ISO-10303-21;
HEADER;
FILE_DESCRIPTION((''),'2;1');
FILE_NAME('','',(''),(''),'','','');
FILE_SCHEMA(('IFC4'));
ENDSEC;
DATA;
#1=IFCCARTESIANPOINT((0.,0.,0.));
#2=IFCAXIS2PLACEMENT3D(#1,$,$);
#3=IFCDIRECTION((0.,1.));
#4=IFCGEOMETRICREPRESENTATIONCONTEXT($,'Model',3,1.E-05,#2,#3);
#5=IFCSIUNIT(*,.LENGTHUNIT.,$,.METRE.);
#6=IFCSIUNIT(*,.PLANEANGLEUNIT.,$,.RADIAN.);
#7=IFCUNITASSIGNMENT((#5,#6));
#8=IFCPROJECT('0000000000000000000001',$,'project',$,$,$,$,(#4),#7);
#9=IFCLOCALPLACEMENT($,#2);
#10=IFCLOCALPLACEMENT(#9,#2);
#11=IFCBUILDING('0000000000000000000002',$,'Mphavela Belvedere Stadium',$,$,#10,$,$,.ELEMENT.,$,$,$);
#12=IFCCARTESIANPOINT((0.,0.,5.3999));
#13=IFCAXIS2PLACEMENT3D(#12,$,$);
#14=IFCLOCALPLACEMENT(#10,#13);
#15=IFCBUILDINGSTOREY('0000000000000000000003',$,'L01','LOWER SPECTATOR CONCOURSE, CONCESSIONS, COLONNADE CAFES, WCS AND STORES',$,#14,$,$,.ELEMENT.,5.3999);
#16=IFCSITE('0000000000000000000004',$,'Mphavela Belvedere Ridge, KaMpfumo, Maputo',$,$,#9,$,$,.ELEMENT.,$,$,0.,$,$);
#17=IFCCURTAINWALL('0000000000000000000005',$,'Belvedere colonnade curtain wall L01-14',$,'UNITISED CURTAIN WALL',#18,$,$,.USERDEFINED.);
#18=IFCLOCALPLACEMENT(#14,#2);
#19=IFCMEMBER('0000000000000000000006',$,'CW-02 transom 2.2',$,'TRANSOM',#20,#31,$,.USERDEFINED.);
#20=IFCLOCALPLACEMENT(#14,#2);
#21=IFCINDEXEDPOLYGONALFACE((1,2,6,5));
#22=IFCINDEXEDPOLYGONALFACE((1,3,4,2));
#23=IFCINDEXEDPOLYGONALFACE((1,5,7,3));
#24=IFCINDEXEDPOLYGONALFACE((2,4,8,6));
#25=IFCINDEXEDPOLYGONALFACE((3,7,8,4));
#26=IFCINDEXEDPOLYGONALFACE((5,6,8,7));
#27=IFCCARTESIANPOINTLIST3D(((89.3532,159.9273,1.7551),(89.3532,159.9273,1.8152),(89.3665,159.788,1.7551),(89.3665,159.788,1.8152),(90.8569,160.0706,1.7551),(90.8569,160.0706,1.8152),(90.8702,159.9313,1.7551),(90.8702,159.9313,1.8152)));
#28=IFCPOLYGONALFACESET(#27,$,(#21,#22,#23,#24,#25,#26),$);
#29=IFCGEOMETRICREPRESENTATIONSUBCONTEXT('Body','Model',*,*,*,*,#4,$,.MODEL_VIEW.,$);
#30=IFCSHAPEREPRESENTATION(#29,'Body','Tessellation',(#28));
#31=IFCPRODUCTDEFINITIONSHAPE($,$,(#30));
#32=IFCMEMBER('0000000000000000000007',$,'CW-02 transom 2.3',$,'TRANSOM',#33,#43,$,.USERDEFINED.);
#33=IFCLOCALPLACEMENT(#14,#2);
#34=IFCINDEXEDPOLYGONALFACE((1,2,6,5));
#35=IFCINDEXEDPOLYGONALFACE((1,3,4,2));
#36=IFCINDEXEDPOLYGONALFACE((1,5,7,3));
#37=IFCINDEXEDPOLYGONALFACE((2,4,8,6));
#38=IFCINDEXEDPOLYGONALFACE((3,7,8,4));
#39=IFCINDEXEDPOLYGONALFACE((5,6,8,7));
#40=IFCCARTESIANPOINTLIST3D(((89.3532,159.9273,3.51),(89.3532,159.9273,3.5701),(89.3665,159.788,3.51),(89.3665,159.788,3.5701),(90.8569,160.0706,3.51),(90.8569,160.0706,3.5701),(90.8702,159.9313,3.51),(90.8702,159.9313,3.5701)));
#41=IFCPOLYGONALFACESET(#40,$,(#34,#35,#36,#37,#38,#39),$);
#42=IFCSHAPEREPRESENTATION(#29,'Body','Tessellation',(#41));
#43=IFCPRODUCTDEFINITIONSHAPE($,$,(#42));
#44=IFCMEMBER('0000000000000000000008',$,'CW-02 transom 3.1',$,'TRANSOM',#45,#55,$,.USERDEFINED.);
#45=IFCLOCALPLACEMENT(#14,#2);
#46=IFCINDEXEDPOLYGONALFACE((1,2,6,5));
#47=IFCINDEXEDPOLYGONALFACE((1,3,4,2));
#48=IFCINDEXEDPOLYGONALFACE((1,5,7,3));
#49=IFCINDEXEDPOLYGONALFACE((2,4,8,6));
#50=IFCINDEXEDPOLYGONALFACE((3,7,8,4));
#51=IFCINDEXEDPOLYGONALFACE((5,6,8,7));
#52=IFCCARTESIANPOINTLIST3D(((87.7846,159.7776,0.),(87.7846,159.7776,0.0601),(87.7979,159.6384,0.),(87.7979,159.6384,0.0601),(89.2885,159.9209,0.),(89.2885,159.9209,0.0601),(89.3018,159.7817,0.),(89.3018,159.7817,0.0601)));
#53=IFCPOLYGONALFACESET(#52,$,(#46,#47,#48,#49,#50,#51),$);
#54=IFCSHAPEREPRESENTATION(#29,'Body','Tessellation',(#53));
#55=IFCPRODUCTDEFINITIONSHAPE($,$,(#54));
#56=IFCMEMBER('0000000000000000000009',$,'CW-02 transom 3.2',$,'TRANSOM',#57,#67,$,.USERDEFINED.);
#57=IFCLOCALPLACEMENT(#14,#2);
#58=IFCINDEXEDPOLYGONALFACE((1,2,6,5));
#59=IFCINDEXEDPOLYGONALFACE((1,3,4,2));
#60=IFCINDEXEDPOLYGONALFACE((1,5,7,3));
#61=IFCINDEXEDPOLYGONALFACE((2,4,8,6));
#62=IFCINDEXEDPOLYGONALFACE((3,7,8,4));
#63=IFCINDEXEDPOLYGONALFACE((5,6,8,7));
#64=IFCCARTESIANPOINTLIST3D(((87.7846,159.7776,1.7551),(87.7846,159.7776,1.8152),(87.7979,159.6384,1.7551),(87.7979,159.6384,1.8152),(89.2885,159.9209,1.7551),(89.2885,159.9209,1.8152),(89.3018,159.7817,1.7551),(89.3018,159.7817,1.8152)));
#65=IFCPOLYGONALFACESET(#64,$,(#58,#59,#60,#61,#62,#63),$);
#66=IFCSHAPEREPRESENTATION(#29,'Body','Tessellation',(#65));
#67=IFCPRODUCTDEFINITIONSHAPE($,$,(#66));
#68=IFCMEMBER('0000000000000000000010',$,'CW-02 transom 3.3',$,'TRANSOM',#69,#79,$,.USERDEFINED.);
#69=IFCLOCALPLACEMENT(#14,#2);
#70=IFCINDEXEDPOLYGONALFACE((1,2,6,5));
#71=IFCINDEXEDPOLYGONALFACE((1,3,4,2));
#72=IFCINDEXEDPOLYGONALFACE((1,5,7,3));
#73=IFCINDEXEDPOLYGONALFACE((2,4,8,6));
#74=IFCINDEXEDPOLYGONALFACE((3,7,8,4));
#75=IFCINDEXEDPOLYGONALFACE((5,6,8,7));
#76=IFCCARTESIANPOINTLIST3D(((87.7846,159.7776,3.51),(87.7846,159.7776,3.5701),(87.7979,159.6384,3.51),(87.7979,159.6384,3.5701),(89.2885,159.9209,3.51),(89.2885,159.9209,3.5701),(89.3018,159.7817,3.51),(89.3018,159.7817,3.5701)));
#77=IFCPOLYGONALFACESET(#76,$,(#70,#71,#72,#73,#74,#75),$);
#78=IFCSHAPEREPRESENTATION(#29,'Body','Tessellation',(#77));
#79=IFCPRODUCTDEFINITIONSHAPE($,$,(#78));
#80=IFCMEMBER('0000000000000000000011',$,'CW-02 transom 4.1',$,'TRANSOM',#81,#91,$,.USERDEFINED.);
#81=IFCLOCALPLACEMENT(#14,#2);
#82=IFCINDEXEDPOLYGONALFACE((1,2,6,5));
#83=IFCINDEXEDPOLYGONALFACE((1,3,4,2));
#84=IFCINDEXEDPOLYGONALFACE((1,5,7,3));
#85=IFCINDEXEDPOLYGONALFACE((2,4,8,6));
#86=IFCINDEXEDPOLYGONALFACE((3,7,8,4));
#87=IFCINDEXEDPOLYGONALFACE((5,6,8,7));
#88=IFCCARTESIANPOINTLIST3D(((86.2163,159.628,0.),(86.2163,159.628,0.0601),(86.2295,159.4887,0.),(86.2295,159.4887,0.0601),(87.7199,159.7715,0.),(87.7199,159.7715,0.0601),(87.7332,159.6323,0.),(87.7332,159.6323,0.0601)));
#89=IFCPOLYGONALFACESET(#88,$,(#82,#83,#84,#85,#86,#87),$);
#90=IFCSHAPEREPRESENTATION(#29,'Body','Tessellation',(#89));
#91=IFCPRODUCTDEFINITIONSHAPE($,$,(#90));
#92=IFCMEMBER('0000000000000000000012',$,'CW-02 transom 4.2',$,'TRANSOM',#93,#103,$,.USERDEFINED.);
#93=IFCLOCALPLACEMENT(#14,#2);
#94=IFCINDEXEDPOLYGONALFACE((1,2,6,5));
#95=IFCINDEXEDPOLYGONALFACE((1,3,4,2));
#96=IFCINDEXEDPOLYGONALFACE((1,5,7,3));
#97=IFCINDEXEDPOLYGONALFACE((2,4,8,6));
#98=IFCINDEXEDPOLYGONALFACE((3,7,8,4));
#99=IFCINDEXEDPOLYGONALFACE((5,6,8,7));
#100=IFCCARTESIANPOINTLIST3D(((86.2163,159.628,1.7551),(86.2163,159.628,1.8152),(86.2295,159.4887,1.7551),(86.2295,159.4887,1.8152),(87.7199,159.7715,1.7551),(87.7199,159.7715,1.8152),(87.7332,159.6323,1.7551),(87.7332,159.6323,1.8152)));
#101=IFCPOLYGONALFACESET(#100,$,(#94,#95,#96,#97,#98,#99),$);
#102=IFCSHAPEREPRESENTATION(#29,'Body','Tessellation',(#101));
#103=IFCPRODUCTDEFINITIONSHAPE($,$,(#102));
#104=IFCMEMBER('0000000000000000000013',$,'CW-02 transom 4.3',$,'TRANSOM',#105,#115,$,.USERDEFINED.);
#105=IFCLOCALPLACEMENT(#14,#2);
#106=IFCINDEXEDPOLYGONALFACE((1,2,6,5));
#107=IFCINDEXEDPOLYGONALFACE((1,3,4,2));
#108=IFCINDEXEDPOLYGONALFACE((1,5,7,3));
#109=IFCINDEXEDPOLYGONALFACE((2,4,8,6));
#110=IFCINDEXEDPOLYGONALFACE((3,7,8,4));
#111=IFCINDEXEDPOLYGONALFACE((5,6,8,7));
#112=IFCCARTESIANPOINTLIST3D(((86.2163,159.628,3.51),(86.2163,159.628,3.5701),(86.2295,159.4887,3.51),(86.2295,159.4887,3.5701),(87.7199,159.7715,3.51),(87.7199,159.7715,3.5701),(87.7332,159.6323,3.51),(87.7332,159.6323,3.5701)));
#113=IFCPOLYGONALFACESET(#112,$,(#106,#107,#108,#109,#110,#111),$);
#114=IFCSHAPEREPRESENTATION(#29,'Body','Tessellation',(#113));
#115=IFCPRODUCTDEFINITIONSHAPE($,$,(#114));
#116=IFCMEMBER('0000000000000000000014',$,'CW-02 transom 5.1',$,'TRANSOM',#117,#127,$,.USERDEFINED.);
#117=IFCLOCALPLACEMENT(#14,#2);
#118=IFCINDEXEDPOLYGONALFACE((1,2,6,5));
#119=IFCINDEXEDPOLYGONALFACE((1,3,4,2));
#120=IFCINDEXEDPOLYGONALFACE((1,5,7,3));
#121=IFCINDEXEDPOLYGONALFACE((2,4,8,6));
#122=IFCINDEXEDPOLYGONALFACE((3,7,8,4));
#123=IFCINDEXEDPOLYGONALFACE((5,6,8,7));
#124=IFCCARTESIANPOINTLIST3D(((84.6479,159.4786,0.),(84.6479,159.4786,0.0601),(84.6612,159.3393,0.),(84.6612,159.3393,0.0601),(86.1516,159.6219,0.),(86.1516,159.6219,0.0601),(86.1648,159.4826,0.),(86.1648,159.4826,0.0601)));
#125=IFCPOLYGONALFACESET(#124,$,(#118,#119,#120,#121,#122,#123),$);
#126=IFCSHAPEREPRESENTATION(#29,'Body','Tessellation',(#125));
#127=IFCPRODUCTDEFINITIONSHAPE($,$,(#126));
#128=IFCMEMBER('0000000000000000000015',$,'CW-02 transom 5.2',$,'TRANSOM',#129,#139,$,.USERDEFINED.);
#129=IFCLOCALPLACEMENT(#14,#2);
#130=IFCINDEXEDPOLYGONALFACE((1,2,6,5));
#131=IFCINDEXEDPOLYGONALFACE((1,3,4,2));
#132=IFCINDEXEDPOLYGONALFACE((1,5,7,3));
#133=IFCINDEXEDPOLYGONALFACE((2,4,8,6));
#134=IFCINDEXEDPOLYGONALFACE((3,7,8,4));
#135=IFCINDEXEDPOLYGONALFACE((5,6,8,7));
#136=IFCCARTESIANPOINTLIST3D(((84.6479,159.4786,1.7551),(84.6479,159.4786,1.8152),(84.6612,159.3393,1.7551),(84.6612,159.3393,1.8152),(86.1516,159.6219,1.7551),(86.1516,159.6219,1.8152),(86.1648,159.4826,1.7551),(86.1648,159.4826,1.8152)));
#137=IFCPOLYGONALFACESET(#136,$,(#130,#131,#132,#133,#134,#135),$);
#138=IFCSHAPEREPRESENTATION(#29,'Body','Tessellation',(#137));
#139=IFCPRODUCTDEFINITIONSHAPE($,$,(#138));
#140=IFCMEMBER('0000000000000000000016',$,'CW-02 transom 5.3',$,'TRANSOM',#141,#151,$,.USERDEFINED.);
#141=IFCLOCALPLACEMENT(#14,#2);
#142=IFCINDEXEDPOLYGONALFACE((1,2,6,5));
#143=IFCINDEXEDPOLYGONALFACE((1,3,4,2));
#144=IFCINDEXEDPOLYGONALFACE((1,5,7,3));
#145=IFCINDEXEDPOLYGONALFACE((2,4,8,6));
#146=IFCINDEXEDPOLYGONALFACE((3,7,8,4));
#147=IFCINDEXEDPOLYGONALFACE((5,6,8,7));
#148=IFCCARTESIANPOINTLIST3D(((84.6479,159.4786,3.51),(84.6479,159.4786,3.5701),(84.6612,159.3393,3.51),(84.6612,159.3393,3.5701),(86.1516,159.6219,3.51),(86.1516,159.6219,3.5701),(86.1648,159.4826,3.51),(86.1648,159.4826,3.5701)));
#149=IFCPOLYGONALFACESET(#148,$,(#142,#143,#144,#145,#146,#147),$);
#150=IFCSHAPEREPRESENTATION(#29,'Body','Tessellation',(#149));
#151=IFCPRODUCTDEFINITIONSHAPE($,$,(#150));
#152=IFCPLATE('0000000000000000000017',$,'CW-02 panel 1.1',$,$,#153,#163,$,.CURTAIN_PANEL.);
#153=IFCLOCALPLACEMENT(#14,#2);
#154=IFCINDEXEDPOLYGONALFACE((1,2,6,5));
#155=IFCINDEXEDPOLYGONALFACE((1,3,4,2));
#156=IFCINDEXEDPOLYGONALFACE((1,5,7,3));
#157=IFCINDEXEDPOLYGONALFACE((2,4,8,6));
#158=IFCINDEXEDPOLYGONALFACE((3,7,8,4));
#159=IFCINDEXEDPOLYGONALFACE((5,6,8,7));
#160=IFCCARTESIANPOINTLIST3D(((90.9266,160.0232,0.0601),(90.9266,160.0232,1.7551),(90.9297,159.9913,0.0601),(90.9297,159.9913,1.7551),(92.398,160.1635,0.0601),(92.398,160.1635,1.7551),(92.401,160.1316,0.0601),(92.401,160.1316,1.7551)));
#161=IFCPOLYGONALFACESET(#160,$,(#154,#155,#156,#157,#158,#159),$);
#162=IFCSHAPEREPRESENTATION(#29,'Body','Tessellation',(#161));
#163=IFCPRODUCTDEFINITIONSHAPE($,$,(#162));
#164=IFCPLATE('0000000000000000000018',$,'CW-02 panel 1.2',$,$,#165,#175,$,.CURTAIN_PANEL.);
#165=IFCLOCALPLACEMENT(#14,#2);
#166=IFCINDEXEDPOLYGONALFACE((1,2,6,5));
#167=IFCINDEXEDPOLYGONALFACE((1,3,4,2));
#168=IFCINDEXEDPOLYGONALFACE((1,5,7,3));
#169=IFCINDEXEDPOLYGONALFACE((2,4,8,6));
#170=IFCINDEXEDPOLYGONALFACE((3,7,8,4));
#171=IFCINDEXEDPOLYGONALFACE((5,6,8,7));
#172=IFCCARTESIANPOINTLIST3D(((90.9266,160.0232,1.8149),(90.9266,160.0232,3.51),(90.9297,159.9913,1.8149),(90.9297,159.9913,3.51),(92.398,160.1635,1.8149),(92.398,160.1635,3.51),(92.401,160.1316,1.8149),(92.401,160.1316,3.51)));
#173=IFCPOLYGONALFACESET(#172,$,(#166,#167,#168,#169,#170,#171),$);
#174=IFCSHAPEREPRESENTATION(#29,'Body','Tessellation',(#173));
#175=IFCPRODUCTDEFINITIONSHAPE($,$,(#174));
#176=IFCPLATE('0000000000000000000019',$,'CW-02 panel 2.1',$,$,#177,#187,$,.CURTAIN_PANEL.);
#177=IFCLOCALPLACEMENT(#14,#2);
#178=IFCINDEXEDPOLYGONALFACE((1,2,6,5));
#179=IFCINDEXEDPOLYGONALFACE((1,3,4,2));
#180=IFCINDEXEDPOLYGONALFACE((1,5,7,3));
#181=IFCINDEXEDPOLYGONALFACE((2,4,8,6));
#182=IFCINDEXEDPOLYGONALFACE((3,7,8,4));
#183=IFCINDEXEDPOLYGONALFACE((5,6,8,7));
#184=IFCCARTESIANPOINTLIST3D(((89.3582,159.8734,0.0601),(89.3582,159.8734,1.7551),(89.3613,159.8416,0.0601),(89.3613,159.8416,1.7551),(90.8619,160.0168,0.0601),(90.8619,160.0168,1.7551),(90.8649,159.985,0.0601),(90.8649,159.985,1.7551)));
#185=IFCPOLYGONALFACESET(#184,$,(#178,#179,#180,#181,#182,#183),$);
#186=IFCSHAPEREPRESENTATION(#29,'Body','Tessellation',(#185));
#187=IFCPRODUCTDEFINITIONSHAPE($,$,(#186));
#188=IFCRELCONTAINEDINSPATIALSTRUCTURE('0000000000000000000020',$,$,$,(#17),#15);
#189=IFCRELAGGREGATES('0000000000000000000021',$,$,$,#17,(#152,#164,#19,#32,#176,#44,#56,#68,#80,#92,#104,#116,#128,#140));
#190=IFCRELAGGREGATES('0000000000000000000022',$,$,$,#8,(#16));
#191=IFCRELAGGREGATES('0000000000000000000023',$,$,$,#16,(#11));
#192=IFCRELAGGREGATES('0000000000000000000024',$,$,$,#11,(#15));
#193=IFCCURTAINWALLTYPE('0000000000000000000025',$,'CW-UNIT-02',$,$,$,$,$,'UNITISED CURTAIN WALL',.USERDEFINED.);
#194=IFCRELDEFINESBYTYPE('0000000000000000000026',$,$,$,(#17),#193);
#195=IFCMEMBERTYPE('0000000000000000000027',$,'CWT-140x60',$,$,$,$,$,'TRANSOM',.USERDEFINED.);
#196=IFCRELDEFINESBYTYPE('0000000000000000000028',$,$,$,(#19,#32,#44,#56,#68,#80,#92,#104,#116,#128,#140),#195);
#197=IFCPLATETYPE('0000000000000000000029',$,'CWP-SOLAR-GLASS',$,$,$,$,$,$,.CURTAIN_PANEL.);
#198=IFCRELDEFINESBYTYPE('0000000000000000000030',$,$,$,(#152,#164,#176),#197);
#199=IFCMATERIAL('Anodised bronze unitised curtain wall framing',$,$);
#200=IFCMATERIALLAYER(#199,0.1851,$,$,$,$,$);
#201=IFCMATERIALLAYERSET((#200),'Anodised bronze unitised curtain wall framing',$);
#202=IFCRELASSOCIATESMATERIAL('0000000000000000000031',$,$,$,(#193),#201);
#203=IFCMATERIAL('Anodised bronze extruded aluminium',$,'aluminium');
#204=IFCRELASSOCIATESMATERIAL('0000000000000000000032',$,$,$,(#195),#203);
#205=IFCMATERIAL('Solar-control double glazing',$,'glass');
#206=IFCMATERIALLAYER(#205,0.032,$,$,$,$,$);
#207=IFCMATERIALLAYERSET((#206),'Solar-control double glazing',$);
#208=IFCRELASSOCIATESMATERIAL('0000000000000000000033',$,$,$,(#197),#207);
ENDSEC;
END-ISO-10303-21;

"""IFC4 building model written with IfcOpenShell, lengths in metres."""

from ifc_helpers import new_model, si_unit, direction, frame, origin, origin_2d, place, context, subcontext, project, spatial, rectangle, extrude, material, layer, layer_set, material_profile, profile_set, type_object, element, aggregate, save


model = new_model("IFC4")

# Units and contexts
model_context = context("Model", 3, precision=1e-05, world=origin(), true_north=direction((0.0, 1.0)))
body_context = subcontext(model_context, "Body", "Model", "MODEL_VIEW")
ifc_project = project(units=[si_unit("LENGTHUNIT", "METRE"), si_unit("PLANEANGLEUNIT", "RADIAN")], contexts=[model_context])

# Site, building, storey
site_placement = place(None, origin())
site = spatial("IfcSite", under=ifc_project, at=site_placement, Name="Mphavela Belvedere Ridge, KaMpfumo, Maputo", CompositionType="ELEMENT", RefElevation=0.0)
building_placement = place(site_placement, origin())
building = spatial("IfcBuilding", under=site, at=building_placement, Name="Mphavela Belvedere Stadium", CompositionType="ELEMENT")
storey_placement = place(building_placement, frame((0.0, 0.0, 5.3999)))
storey = spatial("IfcBuildingStorey", under=building, at=storey_placement, Name="L01", Description="LOWER SPECTATOR CONCOURSE, CONCESSIONS, COLONNADE CAFES, WCS AND STORES", CompositionType="ELEMENT", Elevation=5.3999)

# Curtain wall, members, plates
ifc_material_1 = material(Name="Anodised bronze unitised curtain wall framing")
ifc_layer_1 = layer(ifc_material_1, 0.1851)
ifc_layer_set_1 = layer_set([ifc_layer_1], Name="Anodised bronze unitised curtain wall framing")
curtain_wall_type = type_object("IfcCurtainWallType", Name="CW-UNIT-02", ElementType="UNITISED CURTAIN WALL", PredefinedType="USERDEFINED", material=ifc_layer_set_1)
curtain_wall_placement = place(storey_placement, origin())
curtain_wall = element("IfcCurtainWall", 1, at=curtain_wall_placement, inside=storey, type_object=curtain_wall_type, Name="Belvedere colonnade curtain wall L01-14", ObjectType="UNITISED CURTAIN WALL", PredefinedType="USERDEFINED")
ifc_material_2 = material(Name="Anodised bronze extruded aluminium", Category="aluminium")
ifc_material_profile_1 = material_profile(ifc_material_2, rectangle(XDim=0.1399, YDim=0.0601, at=origin_2d()), Name="CW-TRN 140x60")
ifc_profile_set_1 = profile_set([ifc_material_profile_1], Name="Anodised bronze extruded aluminium")
member_type_1 = type_object("IfcMemberType", Name="CWT-140x60", ElementType="TRANSOM", PredefinedType="USERDEFINED", material=ifc_profile_set_1)
member_1_placement = place(storey_placement, frame((90.8635, 160.001, 1.7852), z_axis=(-0.995489, -0.094878, 0.0), x_axis=(0.094878, -0.995489, 0.0)))
member_1 = element("IfcMember", 2, at=member_1_placement, type_object=member_type_1, Name="CW-02 transom 2.2", ObjectType="TRANSOM", PredefinedType="USERDEFINED", context=body_context, shape_type="SweptSolid", body=[
    extrude(rectangle(XDim=0.1399, YDim=0.0601, at=origin_2d()), origin(), (0.0, 0.0, 1.0), 1.5105),
])
member_2_placement = place(storey_placement, frame((90.8635, 160.001, 3.54), z_axis=(-0.995489, -0.094878, 0.0), x_axis=(0.094878, -0.995489, 0.0)))
member_2 = element("IfcMember", 3, at=member_2_placement, type_object=member_type_1, Name="CW-02 transom 2.3", ObjectType="TRANSOM", PredefinedType="USERDEFINED", context=body_context, shape_type="SweptSolid", body=[
    extrude(rectangle(XDim=0.1399, YDim=0.0601, at=origin_2d()), origin(), (0.0, 0.0, 1.0), 1.5105),
])
member_3_placement = place(storey_placement, frame((89.2952, 159.8513, 0.03), z_axis=(-0.99549, -0.094862, 0.0), x_axis=(0.094862, -0.99549, 0.0)))
member_3 = element("IfcMember", 4, at=member_3_placement, type_object=member_type_1, Name="CW-02 transom 3.1", ObjectType="TRANSOM", PredefinedType="USERDEFINED", context=body_context, shape_type="SweptSolid", body=[
    extrude(rectangle(XDim=0.1399, YDim=0.0601, at=origin_2d()), origin(), (0.0, 0.0, 1.0), 1.5107),
])
member_4_placement = place(storey_placement, frame((89.2952, 159.8513, 1.7852), z_axis=(-0.99549, -0.094862, 0.0), x_axis=(0.094862, -0.99549, 0.0)))
member_4 = element("IfcMember", 5, at=member_4_placement, type_object=member_type_1, Name="CW-02 transom 3.2", ObjectType="TRANSOM", PredefinedType="USERDEFINED", context=body_context, shape_type="SweptSolid", body=[
    extrude(rectangle(XDim=0.1399, YDim=0.0601, at=origin_2d()), origin(), (0.0, 0.0, 1.0), 1.5107),
])
member_5_placement = place(storey_placement, frame((89.2952, 159.8513, 3.54), z_axis=(-0.99549, -0.094862, 0.0), x_axis=(0.094862, -0.99549, 0.0)))
member_5 = element("IfcMember", 6, at=member_5_placement, type_object=member_type_1, Name="CW-02 transom 3.3", ObjectType="TRANSOM", PredefinedType="USERDEFINED", context=body_context, shape_type="SweptSolid", body=[
    extrude(rectangle(XDim=0.1399, YDim=0.0601, at=origin_2d()), origin(), (0.0, 0.0, 1.0), 1.5107),
])
member_6_placement = place(storey_placement, frame((87.7266, 159.7019, 0.03), z_axis=(-0.995474, -0.095038, 0.0), x_axis=(0.095038, -0.995474, 0.0)))
member_6 = element("IfcMember", 7, at=member_6_placement, type_object=member_type_1, Name="CW-02 transom 4.1", ObjectType="TRANSOM", PredefinedType="USERDEFINED", context=body_context, shape_type="SweptSolid", body=[
    extrude(rectangle(XDim=0.1399, YDim=0.0601, at=origin_2d()), origin(), (0.0, 0.0, 1.0), 1.5105),
])
member_7_placement = place(storey_placement, frame((87.7266, 159.7019, 1.7852), z_axis=(-0.995474, -0.095038, 0.0), x_axis=(0.095038, -0.995474, 0.0)))
member_7 = element("IfcMember", 8, at=member_7_placement, type_object=member_type_1, Name="CW-02 transom 4.2", ObjectType="TRANSOM", PredefinedType="USERDEFINED", context=body_context, shape_type="SweptSolid", body=[
    extrude(rectangle(XDim=0.1399, YDim=0.0601, at=origin_2d()), origin(), (0.0, 0.0, 1.0), 1.5105),
])
member_8_placement = place(storey_placement, frame((87.7266, 159.7019, 3.54), z_axis=(-0.995474, -0.095038, 0.0), x_axis=(0.095038, -0.995474, 0.0)))
member_8 = element("IfcMember", 9, at=member_8_placement, type_object=member_type_1, Name="CW-02 transom 4.3", ObjectType="TRANSOM", PredefinedType="USERDEFINED", context=body_context, shape_type="SweptSolid", body=[
    extrude(rectangle(XDim=0.1399, YDim=0.0601, at=origin_2d()), origin(), (0.0, 0.0, 1.0), 1.5105),
])
member_9_placement = place(storey_placement, frame((86.1582, 159.5522, 0.03), z_axis=(-0.995489, -0.094878, 0.0), x_axis=(0.094878, -0.995489, 0.0)))
member_9 = element("IfcMember", 10, at=member_9_placement, type_object=member_type_1, Name="CW-02 transom 5.1", ObjectType="TRANSOM", PredefinedType="USERDEFINED", context=body_context, shape_type="SweptSolid", body=[
    extrude(rectangle(XDim=0.1399, YDim=0.0601, at=origin_2d()), origin(), (0.0, 0.0, 1.0), 1.5105),
])
member_10_placement = place(storey_placement, frame((86.1582, 159.5522, 1.7852), z_axis=(-0.995489, -0.094878, 0.0), x_axis=(0.094878, -0.995489, 0.0)))
member_10 = element("IfcMember", 11, at=member_10_placement, type_object=member_type_1, Name="CW-02 transom 5.2", ObjectType="TRANSOM", PredefinedType="USERDEFINED", context=body_context, shape_type="SweptSolid", body=[
    extrude(rectangle(XDim=0.1399, YDim=0.0601, at=origin_2d()), origin(), (0.0, 0.0, 1.0), 1.5105),
])
member_11_placement = place(storey_placement, frame((86.1582, 159.5522, 3.54), z_axis=(-0.995489, -0.094878, 0.0), x_axis=(0.094878, -0.995489, 0.0)))
member_11 = element("IfcMember", 12, at=member_11_placement, type_object=member_type_1, Name="CW-02 transom 5.3", ObjectType="TRANSOM", PredefinedType="USERDEFINED", context=body_context, shape_type="SweptSolid", body=[
    extrude(rectangle(XDim=0.1399, YDim=0.0601, at=origin_2d()), origin(), (0.0, 0.0, 1.0), 1.5105),
])
ifc_material_3 = material(Name="Solar-control double glazing", Category="glass")
ifc_layer_2 = layer(ifc_material_3, 0.032)
ifc_layer_set_2 = layer_set([ifc_layer_2], Name="Solar-control double glazing")
plate_type = type_object("IfcPlateType", Name="CWP-SOLAR-GLASS", PredefinedType="CURTAIN_PANEL", material=ifc_layer_set_2)
plate_1_placement = place(storey_placement, frame((91.6638, 160.0774, 0.0601), z_axis=(0.0, 0.0, 1.0), x_axis=(-0.995485, -0.094922, 0.0)))
plate_1 = element("IfcPlate", 13, at=plate_1_placement, type_object=plate_type, Name="CW-02 panel 1.1", PredefinedType="CURTAIN_PANEL", context=body_context, shape_type="SweptSolid", body=[
    extrude(rectangle(XDim=1.478, YDim=0.032, at=origin_2d()), origin(), (0.0, 0.0, 1.0), 1.6951),
])
plate_2_placement = place(storey_placement, frame((91.6638, 160.0774, 1.8149), z_axis=(0.0, 0.0, 1.0), x_axis=(-0.995485, -0.094922, 0.0)))
plate_2 = element("IfcPlate", 14, at=plate_2_placement, type_object=plate_type, Name="CW-02 panel 1.2", PredefinedType="CURTAIN_PANEL", context=body_context, shape_type="SweptSolid", body=[
    extrude(rectangle(XDim=1.478, YDim=0.032, at=origin_2d()), origin(), (0.0, 0.0, 1.0), 1.6951),
])
plate_3_placement = place(storey_placement, frame((90.1116, 159.9292, 0.0601), z_axis=(0.0, 0.0, 1.0), x_axis=(-0.995485, -0.094922, 0.0)))
plate_3 = element("IfcPlate", 15, at=plate_3_placement, type_object=plate_type, Name="CW-02 panel 2.1", PredefinedType="CURTAIN_PANEL", context=body_context, shape_type="SweptSolid", body=[
    extrude(rectangle(XDim=1.5105, YDim=0.032, at=origin_2d()), origin(), (0.0, 0.0, 1.0), 1.6951),
])
aggregate(curtain_wall, [plate_1, plate_2, member_1, member_2, plate_3, member_3, member_4, member_5, member_6, member_7, member_8, member_9, member_10, member_11])

save(model, "model.ifc")
